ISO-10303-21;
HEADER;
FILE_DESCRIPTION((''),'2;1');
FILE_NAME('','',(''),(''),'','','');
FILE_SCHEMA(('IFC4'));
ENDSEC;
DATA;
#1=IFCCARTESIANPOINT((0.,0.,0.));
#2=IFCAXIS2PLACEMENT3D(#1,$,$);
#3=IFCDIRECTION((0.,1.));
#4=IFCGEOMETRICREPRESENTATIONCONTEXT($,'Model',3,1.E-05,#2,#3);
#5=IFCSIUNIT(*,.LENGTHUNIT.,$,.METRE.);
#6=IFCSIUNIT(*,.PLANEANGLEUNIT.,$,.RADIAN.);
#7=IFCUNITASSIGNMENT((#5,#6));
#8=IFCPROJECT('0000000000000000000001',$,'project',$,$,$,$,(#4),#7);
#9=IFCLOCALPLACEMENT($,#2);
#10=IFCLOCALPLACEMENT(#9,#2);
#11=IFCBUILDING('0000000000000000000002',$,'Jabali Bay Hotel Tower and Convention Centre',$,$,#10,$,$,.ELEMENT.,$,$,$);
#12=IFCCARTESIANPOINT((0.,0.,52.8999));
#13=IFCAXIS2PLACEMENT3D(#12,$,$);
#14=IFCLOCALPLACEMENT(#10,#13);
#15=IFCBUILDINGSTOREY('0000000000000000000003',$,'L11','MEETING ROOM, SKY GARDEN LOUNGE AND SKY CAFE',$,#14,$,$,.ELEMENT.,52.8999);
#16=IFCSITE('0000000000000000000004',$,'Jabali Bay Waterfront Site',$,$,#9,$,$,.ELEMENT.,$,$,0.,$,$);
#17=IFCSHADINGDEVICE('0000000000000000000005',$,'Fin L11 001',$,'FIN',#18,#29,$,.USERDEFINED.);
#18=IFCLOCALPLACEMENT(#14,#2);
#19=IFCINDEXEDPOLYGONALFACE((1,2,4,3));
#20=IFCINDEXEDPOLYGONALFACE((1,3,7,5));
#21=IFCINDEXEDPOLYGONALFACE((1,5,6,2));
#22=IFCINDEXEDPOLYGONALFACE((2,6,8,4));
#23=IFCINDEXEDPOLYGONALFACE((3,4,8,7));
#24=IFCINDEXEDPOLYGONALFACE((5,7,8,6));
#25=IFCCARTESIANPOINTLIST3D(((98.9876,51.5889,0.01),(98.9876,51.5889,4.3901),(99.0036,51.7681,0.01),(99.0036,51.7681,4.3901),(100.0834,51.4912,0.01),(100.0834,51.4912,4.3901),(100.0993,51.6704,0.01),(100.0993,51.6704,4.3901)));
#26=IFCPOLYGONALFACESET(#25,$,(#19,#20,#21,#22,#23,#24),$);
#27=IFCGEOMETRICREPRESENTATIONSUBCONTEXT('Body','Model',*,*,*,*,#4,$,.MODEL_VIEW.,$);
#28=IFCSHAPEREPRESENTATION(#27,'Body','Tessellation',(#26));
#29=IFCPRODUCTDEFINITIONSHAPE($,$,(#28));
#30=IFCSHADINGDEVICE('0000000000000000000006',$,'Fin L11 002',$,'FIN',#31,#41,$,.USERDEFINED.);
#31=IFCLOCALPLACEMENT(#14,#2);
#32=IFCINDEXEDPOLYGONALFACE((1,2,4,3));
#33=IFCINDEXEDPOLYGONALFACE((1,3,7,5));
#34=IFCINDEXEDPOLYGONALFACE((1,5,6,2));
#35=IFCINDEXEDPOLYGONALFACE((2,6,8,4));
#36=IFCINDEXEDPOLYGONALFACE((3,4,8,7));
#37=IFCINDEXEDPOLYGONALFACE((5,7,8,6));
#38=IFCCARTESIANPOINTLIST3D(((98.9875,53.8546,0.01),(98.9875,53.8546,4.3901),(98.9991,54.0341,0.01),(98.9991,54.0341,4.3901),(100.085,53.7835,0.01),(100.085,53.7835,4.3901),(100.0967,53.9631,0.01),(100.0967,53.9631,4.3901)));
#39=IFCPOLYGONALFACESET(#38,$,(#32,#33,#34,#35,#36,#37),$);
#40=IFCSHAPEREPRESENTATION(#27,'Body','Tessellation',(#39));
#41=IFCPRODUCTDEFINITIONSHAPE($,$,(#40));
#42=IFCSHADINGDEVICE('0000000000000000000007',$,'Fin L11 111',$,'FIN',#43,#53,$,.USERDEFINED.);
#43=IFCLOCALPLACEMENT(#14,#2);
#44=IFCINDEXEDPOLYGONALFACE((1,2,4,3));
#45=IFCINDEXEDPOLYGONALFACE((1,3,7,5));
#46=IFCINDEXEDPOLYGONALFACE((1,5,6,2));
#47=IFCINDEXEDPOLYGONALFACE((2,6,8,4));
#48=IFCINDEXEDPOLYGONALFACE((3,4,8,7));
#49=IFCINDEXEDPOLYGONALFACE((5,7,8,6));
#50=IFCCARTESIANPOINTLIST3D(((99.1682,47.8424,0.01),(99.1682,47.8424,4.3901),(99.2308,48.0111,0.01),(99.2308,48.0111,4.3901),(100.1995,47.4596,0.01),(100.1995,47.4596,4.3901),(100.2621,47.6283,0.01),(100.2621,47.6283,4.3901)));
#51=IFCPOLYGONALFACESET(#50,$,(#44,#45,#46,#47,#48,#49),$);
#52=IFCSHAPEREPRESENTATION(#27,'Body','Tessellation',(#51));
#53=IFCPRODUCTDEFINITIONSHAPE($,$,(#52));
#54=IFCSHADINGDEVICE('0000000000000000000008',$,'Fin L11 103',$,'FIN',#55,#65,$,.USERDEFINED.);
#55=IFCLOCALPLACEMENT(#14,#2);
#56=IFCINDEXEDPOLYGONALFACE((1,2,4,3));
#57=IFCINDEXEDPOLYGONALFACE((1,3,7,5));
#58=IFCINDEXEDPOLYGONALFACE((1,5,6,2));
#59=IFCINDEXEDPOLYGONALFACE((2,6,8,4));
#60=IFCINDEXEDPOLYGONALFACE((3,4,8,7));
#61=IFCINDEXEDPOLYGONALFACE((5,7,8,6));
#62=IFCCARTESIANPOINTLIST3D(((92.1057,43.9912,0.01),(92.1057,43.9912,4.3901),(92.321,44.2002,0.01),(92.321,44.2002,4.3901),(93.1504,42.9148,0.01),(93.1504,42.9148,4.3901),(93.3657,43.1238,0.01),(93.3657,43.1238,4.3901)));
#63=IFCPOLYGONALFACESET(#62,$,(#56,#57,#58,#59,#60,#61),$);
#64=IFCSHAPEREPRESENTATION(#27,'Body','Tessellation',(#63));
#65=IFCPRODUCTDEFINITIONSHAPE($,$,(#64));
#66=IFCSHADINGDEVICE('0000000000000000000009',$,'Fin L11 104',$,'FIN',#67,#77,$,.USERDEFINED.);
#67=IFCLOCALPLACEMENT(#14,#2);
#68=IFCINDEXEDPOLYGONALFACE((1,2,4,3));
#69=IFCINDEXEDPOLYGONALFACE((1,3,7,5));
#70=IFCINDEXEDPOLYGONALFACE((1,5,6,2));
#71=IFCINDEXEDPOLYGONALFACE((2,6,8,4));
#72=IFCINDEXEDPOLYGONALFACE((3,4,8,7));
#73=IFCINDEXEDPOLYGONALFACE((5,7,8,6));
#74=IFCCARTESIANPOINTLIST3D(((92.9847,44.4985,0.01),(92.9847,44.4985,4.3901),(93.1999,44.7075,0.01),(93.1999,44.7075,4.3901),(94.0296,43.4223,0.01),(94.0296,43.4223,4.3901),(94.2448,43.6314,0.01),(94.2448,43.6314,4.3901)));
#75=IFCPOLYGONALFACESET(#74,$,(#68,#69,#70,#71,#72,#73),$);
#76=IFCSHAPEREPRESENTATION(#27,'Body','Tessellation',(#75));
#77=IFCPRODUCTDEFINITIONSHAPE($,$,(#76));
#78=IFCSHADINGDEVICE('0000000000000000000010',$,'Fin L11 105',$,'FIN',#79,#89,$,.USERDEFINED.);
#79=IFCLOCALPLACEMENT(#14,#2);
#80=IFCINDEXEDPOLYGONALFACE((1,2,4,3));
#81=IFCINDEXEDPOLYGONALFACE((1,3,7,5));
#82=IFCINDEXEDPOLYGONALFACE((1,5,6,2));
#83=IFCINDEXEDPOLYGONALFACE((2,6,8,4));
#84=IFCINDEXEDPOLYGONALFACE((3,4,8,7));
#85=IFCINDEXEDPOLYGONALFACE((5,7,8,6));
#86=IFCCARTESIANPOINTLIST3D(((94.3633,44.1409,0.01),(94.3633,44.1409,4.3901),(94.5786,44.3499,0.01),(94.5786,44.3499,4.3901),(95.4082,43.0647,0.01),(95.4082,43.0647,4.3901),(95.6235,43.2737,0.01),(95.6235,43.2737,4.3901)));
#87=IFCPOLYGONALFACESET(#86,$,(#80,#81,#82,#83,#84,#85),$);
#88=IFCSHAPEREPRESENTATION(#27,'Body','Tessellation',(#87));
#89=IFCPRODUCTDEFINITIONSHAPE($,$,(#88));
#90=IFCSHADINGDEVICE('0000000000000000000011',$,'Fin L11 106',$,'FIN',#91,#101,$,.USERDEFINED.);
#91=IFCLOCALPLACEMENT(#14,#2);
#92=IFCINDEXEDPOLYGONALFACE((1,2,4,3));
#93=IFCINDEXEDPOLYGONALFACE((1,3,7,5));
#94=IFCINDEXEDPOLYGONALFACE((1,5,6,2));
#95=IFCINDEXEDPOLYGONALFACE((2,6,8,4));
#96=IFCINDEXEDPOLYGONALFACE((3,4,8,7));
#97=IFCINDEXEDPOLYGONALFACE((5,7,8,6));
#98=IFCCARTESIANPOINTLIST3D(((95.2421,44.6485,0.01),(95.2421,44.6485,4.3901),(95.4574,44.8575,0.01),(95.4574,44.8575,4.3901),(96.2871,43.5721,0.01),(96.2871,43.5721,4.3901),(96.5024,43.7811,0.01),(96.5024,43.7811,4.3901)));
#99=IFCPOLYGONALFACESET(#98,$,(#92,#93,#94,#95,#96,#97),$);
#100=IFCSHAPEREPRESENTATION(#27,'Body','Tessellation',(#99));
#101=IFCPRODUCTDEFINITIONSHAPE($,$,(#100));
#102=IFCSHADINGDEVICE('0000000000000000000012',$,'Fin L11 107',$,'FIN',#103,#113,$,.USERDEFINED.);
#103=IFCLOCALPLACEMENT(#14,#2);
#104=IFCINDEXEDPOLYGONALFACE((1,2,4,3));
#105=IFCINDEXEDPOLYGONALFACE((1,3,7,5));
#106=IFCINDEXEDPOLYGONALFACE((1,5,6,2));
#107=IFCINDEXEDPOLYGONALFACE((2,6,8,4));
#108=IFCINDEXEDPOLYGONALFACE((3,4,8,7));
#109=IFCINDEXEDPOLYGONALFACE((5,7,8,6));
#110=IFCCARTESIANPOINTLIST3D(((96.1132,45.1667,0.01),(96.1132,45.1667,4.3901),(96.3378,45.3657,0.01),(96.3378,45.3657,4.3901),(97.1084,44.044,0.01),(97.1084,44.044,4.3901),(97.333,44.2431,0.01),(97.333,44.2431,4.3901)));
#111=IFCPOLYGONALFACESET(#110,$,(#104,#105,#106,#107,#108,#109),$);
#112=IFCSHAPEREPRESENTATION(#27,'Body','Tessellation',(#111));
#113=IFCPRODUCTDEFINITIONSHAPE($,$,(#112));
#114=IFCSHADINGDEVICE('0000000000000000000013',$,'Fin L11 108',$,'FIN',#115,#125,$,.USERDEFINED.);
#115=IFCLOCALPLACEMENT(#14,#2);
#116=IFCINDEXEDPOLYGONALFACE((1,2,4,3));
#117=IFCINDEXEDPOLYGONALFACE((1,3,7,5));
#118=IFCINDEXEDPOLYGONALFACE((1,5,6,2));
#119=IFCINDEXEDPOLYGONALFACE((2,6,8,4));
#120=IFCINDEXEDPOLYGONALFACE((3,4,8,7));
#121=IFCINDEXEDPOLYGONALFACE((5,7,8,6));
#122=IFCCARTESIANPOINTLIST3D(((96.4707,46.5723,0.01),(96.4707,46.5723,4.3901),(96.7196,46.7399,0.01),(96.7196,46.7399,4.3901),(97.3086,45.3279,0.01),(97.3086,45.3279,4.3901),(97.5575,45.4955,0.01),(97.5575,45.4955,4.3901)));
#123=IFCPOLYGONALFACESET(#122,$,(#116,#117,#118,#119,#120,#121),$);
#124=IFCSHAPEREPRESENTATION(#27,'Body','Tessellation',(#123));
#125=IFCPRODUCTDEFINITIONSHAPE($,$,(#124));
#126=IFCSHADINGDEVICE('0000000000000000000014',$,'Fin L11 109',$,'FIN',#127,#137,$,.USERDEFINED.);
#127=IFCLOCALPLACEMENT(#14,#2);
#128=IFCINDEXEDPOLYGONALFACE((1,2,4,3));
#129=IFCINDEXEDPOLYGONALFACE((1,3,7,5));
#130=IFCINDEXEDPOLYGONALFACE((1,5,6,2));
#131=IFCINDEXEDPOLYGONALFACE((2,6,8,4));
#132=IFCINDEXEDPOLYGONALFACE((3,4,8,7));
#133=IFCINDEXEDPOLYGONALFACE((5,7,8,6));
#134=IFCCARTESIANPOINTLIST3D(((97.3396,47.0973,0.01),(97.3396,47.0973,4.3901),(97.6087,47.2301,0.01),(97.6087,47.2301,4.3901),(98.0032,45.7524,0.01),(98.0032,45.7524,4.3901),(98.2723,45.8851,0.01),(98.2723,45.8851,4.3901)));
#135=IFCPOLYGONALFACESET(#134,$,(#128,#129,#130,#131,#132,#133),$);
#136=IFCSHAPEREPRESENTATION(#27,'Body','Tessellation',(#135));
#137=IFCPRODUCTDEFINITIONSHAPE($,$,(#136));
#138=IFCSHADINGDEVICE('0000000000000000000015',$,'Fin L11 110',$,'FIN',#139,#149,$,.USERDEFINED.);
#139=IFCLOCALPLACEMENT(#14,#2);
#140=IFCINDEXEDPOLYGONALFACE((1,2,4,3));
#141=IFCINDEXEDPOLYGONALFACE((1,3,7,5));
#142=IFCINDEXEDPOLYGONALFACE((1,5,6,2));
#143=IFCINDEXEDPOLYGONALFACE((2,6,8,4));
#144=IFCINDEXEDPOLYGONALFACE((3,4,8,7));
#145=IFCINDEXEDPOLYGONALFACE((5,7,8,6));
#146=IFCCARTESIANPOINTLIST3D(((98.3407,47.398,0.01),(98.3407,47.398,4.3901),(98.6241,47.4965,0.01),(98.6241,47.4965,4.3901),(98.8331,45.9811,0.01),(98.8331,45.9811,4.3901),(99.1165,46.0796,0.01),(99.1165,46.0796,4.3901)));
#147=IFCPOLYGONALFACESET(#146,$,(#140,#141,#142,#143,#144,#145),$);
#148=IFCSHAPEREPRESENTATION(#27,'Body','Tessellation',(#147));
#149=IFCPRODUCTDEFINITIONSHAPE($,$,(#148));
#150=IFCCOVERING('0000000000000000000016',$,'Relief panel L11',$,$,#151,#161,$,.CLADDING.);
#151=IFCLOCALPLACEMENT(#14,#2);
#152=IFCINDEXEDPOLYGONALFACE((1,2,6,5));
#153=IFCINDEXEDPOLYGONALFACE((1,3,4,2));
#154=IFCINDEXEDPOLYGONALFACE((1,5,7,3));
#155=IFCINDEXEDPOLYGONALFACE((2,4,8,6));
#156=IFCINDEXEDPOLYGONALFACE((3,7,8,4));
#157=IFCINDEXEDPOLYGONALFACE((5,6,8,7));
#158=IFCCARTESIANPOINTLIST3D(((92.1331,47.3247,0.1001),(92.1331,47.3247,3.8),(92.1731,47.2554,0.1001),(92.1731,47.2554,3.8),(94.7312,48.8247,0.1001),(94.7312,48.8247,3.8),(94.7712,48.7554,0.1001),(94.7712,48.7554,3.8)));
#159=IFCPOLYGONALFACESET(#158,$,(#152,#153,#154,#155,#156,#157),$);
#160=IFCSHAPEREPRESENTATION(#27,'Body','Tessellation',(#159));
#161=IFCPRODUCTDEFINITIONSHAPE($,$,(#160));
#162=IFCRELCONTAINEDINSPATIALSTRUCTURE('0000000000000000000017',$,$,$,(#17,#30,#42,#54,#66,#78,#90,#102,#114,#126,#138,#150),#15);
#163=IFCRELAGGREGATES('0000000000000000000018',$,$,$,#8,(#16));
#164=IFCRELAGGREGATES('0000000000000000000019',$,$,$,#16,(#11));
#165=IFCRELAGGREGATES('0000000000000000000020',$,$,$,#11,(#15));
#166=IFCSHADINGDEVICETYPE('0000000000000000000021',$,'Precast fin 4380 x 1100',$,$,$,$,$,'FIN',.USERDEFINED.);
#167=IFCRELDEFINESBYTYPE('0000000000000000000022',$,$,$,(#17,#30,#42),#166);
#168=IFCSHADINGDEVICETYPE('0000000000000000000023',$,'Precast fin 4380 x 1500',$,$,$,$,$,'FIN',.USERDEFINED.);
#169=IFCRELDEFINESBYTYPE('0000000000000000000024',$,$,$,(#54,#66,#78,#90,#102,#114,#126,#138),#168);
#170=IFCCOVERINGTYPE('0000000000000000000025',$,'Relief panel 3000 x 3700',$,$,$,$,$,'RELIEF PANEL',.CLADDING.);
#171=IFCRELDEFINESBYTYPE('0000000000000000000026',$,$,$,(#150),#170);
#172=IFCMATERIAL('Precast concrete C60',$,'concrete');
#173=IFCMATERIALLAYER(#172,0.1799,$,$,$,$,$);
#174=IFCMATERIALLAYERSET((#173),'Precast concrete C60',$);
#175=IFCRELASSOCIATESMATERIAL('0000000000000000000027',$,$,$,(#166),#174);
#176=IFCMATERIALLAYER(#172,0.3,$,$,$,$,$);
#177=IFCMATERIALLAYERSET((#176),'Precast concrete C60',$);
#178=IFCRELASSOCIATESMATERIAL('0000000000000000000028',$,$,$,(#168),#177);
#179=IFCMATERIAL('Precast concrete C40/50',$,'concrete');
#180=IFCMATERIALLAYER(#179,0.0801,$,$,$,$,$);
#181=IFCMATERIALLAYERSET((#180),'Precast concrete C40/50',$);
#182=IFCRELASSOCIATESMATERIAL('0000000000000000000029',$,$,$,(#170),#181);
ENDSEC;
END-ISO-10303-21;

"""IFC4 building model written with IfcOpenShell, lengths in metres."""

from ifc_helpers import new_model, si_unit, direction, frame, frame_2d, origin, origin_2d, place, context, subcontext, project, spatial, rectangle, extrude, material, layer, layer_set, type_object, element, save


model = new_model("IFC4")

# Units and contexts
model_context = context("Model", 3, precision=1e-05, world=origin(), true_north=direction((0.0, 1.0)))
body_context = subcontext(model_context, "Body", "Model", "MODEL_VIEW")
ifc_project = project(units=[si_unit("LENGTHUNIT", "METRE"), si_unit("PLANEANGLEUNIT", "RADIAN")], contexts=[model_context])

# Site, building, storey
site_placement = place(None, origin())
site = spatial("IfcSite", under=ifc_project, at=site_placement, Name="Jabali Bay Waterfront Site", CompositionType="ELEMENT", RefElevation=0.0)
building_placement = place(site_placement, origin())
building = spatial("IfcBuilding", under=site, at=building_placement, Name="Jabali Bay Hotel Tower and Convention Centre", CompositionType="ELEMENT")
storey_placement = place(building_placement, frame((0.0, 0.0, 52.8999)))
storey = spatial("IfcBuildingStorey", under=building, at=storey_placement, Name="L11", Description="MEETING ROOM, SKY GARDEN LOUNGE AND SKY CAFE", CompositionType="ELEMENT", Elevation=52.8999)

# Shading devices
ifc_material_1 = material(Name="Precast concrete C60", Category="concrete")
ifc_layer_1 = layer(ifc_material_1, 0.1799)
ifc_layer_set_1 = layer_set([ifc_layer_1], Name="Precast concrete C60")
shading_device_type_1 = type_object("IfcShadingDeviceType", Name="Precast fin 4380 x 1100", ElementType="FIN", PredefinedType="USERDEFINED", material=ifc_layer_set_1)
for number, where, z_axis, x_axis, name in (
    (1, (98.9956, 51.6785, 0.01), (0.0, 0.0, 1.0), (0.996052, -0.088775, 0.0), "Fin L11 001"),
):
    element("IfcShadingDevice", number, at=place(storey_placement, frame(where, z_axis=z_axis, x_axis=x_axis)), inside=storey, type_object=shading_device_type_1, Name=name, ObjectType="FIN", PredefinedType="USERDEFINED", context=body_context, shape_type="SweptSolid", body=[
        extrude(rectangle(XDim=1.1001, YDim=0.1799, at=frame_2d((0.55, 0.0))), origin(), (0.0, 0.0, 1.0), 4.3801),
    ])
shading_device_1_placement = place(storey_placement, frame((98.9934, 53.9443, 0.01), z_axis=(0.0, 0.0, 1.0), x_axis=(0.997912, -0.064589, 0.0)))
element("IfcShadingDevice", 2, at=shading_device_1_placement, inside=storey, type_object=shading_device_type_1, Name="Fin L11 002", ObjectType="FIN", PredefinedType="USERDEFINED", context=body_context, shape_type="SweptSolid", body=[
    extrude(rectangle(XDim=1.0999, YDim=0.1799, at=frame_2d((0.5498, 0.0))), origin(), (0.0, 0.0, 1.0), 4.3801),
])
shading_device_2_placement = place(storey_placement, frame((99.1995, 47.9268, 0.01), z_axis=(0.0, 0.0, 1.0), x_axis=(0.937491, -0.348008, 0.0)))
element("IfcShadingDevice", 3, at=shading_device_2_placement, inside=storey, type_object=shading_device_type_1, Name="Fin L11 111", ObjectType="FIN", PredefinedType="USERDEFINED", context=body_context, shape_type="SweptSolid", body=[
    extrude(rectangle(XDim=1.1001, YDim=0.1799, at=frame_2d((0.55, 0.0))), origin(), (0.0, 0.0, 1.0), 4.3801),
])
ifc_layer_2 = layer(ifc_material_1, 0.3)
ifc_layer_set_2 = layer_set([ifc_layer_2], Name="Precast concrete C60")
shading_device_type_2 = type_object("IfcShadingDeviceType", Name="Precast fin 4380 x 1500", ElementType="FIN", PredefinedType="USERDEFINED", material=ifc_layer_set_2)
for number, where, z_axis, x_axis, name in (
    (4, (92.2134, 44.0957, 0.01), (0.0, 0.0, 1.0), (0.696448, -0.717607, 0.0), "Fin L11 103"),
    (5, (93.0923, 44.603, 0.01), (0.0, 0.0, 1.0), (0.696613, -0.717447, 0.0), "Fin L11 104"),
    (6, (94.4709, 44.2454, 0.01), (0.0, 0.0, 1.0), (0.696613, -0.717447, 0.0), "Fin L11 105"),
):
    element("IfcShadingDevice", number, at=place(storey_placement, frame(where, z_axis=z_axis, x_axis=x_axis)), inside=storey, type_object=shading_device_type_2, Name=name, ObjectType="FIN", PredefinedType="USERDEFINED", context=body_context, shape_type="SweptSolid", body=[
        extrude(rectangle(XDim=1.5, YDim=0.3, at=frame_2d((0.75, 0.0))), origin(), (0.0, 0.0, 1.0), 4.3801),
    ])
for number, where, z_axis, x_axis, name in (
    (7, (95.3499, 44.7529, 0.01), (0.0, 0.0, 1.0), (0.696532, -0.717526, 0.0), "Fin L11 106"),
    (8, (96.2256, 45.2661, 0.01), (0.0, 0.0, 1.0), (0.663353, -0.748307, 0.0), "Fin L11 107"),
    (9, (96.5952, 46.656, 0.01), (0.0, 0.0, 1.0), (0.558525, -0.829488, 0.0), "Fin L11 108"),
):
    element("IfcShadingDevice", number, at=place(storey_placement, frame(where, z_axis=z_axis, x_axis=x_axis)), inside=storey, type_object=shading_device_type_2, Name=name, ObjectType="FIN", PredefinedType="USERDEFINED", context=body_context, shape_type="SweptSolid", body=[
        extrude(rectangle(XDim=1.5002, YDim=0.3, at=frame_2d((0.75, 0.0))), origin(), (0.0, 0.0, 1.0), 4.3801),
    ])
shading_device_3_placement = place(storey_placement, frame((97.4741, 47.1638, 0.01), z_axis=(0.0, 0.0, 1.0), x_axis=(0.442454, -0.896791, 0.0)))
element("IfcShadingDevice", 10, at=shading_device_3_placement, inside=storey, type_object=shading_device_type_2, Name="Fin L11 109", ObjectType="FIN", PredefinedType="USERDEFINED", context=body_context, shape_type="SweptSolid", body=[
    extrude(rectangle(XDim=1.4998, YDim=0.3, at=frame_2d((0.75, 0.0))), origin(), (0.0, 0.0, 1.0), 4.3801),
])
shading_device_4_placement = place(storey_placement, frame((98.4824, 47.4473, 0.01), z_axis=(0.0, 0.0, 1.0), x_axis=(0.328262, -0.944587, 0.0)))
element("IfcShadingDevice", 11, at=shading_device_4_placement, inside=storey, type_object=shading_device_type_2, Name="Fin L11 110", ObjectType="FIN", PredefinedType="USERDEFINED", context=body_context, shape_type="SweptSolid", body=[
    extrude(rectangle(XDim=1.5, YDim=0.3, at=frame_2d((0.75, 0.0))), origin(), (0.0, 0.0, 1.0), 4.3801),
])

# Covering
ifc_material_2 = material(Name="Precast concrete C40/50", Category="concrete")
ifc_layer_3 = layer(ifc_material_2, 0.0801)
ifc_layer_set_3 = layer_set([ifc_layer_3], Name="Precast concrete C40/50")
covering_type = type_object("IfcCoveringType", Name="Relief panel 3000 x 3700", ElementType="RELIEF PANEL", PredefinedType="CLADDING", material=ifc_layer_set_3)
covering_placement = place(storey_placement, frame((93.4521, 48.04, 0.1001), z_axis=(0.0, 0.0, 1.0), x_axis=(-0.866025, -0.5, 0.0)))
element("IfcCovering", 12, at=covering_placement, inside=storey, type_object=covering_type, Name="Relief panel L11", PredefinedType="CLADDING", context=body_context, shape_type="SweptSolid", body=[
    extrude(rectangle(XDim=3.0, YDim=0.0801, at=origin_2d()), origin(), (0.0, 0.0, 1.0), 3.7),
])

save(model, "model.ifc")
